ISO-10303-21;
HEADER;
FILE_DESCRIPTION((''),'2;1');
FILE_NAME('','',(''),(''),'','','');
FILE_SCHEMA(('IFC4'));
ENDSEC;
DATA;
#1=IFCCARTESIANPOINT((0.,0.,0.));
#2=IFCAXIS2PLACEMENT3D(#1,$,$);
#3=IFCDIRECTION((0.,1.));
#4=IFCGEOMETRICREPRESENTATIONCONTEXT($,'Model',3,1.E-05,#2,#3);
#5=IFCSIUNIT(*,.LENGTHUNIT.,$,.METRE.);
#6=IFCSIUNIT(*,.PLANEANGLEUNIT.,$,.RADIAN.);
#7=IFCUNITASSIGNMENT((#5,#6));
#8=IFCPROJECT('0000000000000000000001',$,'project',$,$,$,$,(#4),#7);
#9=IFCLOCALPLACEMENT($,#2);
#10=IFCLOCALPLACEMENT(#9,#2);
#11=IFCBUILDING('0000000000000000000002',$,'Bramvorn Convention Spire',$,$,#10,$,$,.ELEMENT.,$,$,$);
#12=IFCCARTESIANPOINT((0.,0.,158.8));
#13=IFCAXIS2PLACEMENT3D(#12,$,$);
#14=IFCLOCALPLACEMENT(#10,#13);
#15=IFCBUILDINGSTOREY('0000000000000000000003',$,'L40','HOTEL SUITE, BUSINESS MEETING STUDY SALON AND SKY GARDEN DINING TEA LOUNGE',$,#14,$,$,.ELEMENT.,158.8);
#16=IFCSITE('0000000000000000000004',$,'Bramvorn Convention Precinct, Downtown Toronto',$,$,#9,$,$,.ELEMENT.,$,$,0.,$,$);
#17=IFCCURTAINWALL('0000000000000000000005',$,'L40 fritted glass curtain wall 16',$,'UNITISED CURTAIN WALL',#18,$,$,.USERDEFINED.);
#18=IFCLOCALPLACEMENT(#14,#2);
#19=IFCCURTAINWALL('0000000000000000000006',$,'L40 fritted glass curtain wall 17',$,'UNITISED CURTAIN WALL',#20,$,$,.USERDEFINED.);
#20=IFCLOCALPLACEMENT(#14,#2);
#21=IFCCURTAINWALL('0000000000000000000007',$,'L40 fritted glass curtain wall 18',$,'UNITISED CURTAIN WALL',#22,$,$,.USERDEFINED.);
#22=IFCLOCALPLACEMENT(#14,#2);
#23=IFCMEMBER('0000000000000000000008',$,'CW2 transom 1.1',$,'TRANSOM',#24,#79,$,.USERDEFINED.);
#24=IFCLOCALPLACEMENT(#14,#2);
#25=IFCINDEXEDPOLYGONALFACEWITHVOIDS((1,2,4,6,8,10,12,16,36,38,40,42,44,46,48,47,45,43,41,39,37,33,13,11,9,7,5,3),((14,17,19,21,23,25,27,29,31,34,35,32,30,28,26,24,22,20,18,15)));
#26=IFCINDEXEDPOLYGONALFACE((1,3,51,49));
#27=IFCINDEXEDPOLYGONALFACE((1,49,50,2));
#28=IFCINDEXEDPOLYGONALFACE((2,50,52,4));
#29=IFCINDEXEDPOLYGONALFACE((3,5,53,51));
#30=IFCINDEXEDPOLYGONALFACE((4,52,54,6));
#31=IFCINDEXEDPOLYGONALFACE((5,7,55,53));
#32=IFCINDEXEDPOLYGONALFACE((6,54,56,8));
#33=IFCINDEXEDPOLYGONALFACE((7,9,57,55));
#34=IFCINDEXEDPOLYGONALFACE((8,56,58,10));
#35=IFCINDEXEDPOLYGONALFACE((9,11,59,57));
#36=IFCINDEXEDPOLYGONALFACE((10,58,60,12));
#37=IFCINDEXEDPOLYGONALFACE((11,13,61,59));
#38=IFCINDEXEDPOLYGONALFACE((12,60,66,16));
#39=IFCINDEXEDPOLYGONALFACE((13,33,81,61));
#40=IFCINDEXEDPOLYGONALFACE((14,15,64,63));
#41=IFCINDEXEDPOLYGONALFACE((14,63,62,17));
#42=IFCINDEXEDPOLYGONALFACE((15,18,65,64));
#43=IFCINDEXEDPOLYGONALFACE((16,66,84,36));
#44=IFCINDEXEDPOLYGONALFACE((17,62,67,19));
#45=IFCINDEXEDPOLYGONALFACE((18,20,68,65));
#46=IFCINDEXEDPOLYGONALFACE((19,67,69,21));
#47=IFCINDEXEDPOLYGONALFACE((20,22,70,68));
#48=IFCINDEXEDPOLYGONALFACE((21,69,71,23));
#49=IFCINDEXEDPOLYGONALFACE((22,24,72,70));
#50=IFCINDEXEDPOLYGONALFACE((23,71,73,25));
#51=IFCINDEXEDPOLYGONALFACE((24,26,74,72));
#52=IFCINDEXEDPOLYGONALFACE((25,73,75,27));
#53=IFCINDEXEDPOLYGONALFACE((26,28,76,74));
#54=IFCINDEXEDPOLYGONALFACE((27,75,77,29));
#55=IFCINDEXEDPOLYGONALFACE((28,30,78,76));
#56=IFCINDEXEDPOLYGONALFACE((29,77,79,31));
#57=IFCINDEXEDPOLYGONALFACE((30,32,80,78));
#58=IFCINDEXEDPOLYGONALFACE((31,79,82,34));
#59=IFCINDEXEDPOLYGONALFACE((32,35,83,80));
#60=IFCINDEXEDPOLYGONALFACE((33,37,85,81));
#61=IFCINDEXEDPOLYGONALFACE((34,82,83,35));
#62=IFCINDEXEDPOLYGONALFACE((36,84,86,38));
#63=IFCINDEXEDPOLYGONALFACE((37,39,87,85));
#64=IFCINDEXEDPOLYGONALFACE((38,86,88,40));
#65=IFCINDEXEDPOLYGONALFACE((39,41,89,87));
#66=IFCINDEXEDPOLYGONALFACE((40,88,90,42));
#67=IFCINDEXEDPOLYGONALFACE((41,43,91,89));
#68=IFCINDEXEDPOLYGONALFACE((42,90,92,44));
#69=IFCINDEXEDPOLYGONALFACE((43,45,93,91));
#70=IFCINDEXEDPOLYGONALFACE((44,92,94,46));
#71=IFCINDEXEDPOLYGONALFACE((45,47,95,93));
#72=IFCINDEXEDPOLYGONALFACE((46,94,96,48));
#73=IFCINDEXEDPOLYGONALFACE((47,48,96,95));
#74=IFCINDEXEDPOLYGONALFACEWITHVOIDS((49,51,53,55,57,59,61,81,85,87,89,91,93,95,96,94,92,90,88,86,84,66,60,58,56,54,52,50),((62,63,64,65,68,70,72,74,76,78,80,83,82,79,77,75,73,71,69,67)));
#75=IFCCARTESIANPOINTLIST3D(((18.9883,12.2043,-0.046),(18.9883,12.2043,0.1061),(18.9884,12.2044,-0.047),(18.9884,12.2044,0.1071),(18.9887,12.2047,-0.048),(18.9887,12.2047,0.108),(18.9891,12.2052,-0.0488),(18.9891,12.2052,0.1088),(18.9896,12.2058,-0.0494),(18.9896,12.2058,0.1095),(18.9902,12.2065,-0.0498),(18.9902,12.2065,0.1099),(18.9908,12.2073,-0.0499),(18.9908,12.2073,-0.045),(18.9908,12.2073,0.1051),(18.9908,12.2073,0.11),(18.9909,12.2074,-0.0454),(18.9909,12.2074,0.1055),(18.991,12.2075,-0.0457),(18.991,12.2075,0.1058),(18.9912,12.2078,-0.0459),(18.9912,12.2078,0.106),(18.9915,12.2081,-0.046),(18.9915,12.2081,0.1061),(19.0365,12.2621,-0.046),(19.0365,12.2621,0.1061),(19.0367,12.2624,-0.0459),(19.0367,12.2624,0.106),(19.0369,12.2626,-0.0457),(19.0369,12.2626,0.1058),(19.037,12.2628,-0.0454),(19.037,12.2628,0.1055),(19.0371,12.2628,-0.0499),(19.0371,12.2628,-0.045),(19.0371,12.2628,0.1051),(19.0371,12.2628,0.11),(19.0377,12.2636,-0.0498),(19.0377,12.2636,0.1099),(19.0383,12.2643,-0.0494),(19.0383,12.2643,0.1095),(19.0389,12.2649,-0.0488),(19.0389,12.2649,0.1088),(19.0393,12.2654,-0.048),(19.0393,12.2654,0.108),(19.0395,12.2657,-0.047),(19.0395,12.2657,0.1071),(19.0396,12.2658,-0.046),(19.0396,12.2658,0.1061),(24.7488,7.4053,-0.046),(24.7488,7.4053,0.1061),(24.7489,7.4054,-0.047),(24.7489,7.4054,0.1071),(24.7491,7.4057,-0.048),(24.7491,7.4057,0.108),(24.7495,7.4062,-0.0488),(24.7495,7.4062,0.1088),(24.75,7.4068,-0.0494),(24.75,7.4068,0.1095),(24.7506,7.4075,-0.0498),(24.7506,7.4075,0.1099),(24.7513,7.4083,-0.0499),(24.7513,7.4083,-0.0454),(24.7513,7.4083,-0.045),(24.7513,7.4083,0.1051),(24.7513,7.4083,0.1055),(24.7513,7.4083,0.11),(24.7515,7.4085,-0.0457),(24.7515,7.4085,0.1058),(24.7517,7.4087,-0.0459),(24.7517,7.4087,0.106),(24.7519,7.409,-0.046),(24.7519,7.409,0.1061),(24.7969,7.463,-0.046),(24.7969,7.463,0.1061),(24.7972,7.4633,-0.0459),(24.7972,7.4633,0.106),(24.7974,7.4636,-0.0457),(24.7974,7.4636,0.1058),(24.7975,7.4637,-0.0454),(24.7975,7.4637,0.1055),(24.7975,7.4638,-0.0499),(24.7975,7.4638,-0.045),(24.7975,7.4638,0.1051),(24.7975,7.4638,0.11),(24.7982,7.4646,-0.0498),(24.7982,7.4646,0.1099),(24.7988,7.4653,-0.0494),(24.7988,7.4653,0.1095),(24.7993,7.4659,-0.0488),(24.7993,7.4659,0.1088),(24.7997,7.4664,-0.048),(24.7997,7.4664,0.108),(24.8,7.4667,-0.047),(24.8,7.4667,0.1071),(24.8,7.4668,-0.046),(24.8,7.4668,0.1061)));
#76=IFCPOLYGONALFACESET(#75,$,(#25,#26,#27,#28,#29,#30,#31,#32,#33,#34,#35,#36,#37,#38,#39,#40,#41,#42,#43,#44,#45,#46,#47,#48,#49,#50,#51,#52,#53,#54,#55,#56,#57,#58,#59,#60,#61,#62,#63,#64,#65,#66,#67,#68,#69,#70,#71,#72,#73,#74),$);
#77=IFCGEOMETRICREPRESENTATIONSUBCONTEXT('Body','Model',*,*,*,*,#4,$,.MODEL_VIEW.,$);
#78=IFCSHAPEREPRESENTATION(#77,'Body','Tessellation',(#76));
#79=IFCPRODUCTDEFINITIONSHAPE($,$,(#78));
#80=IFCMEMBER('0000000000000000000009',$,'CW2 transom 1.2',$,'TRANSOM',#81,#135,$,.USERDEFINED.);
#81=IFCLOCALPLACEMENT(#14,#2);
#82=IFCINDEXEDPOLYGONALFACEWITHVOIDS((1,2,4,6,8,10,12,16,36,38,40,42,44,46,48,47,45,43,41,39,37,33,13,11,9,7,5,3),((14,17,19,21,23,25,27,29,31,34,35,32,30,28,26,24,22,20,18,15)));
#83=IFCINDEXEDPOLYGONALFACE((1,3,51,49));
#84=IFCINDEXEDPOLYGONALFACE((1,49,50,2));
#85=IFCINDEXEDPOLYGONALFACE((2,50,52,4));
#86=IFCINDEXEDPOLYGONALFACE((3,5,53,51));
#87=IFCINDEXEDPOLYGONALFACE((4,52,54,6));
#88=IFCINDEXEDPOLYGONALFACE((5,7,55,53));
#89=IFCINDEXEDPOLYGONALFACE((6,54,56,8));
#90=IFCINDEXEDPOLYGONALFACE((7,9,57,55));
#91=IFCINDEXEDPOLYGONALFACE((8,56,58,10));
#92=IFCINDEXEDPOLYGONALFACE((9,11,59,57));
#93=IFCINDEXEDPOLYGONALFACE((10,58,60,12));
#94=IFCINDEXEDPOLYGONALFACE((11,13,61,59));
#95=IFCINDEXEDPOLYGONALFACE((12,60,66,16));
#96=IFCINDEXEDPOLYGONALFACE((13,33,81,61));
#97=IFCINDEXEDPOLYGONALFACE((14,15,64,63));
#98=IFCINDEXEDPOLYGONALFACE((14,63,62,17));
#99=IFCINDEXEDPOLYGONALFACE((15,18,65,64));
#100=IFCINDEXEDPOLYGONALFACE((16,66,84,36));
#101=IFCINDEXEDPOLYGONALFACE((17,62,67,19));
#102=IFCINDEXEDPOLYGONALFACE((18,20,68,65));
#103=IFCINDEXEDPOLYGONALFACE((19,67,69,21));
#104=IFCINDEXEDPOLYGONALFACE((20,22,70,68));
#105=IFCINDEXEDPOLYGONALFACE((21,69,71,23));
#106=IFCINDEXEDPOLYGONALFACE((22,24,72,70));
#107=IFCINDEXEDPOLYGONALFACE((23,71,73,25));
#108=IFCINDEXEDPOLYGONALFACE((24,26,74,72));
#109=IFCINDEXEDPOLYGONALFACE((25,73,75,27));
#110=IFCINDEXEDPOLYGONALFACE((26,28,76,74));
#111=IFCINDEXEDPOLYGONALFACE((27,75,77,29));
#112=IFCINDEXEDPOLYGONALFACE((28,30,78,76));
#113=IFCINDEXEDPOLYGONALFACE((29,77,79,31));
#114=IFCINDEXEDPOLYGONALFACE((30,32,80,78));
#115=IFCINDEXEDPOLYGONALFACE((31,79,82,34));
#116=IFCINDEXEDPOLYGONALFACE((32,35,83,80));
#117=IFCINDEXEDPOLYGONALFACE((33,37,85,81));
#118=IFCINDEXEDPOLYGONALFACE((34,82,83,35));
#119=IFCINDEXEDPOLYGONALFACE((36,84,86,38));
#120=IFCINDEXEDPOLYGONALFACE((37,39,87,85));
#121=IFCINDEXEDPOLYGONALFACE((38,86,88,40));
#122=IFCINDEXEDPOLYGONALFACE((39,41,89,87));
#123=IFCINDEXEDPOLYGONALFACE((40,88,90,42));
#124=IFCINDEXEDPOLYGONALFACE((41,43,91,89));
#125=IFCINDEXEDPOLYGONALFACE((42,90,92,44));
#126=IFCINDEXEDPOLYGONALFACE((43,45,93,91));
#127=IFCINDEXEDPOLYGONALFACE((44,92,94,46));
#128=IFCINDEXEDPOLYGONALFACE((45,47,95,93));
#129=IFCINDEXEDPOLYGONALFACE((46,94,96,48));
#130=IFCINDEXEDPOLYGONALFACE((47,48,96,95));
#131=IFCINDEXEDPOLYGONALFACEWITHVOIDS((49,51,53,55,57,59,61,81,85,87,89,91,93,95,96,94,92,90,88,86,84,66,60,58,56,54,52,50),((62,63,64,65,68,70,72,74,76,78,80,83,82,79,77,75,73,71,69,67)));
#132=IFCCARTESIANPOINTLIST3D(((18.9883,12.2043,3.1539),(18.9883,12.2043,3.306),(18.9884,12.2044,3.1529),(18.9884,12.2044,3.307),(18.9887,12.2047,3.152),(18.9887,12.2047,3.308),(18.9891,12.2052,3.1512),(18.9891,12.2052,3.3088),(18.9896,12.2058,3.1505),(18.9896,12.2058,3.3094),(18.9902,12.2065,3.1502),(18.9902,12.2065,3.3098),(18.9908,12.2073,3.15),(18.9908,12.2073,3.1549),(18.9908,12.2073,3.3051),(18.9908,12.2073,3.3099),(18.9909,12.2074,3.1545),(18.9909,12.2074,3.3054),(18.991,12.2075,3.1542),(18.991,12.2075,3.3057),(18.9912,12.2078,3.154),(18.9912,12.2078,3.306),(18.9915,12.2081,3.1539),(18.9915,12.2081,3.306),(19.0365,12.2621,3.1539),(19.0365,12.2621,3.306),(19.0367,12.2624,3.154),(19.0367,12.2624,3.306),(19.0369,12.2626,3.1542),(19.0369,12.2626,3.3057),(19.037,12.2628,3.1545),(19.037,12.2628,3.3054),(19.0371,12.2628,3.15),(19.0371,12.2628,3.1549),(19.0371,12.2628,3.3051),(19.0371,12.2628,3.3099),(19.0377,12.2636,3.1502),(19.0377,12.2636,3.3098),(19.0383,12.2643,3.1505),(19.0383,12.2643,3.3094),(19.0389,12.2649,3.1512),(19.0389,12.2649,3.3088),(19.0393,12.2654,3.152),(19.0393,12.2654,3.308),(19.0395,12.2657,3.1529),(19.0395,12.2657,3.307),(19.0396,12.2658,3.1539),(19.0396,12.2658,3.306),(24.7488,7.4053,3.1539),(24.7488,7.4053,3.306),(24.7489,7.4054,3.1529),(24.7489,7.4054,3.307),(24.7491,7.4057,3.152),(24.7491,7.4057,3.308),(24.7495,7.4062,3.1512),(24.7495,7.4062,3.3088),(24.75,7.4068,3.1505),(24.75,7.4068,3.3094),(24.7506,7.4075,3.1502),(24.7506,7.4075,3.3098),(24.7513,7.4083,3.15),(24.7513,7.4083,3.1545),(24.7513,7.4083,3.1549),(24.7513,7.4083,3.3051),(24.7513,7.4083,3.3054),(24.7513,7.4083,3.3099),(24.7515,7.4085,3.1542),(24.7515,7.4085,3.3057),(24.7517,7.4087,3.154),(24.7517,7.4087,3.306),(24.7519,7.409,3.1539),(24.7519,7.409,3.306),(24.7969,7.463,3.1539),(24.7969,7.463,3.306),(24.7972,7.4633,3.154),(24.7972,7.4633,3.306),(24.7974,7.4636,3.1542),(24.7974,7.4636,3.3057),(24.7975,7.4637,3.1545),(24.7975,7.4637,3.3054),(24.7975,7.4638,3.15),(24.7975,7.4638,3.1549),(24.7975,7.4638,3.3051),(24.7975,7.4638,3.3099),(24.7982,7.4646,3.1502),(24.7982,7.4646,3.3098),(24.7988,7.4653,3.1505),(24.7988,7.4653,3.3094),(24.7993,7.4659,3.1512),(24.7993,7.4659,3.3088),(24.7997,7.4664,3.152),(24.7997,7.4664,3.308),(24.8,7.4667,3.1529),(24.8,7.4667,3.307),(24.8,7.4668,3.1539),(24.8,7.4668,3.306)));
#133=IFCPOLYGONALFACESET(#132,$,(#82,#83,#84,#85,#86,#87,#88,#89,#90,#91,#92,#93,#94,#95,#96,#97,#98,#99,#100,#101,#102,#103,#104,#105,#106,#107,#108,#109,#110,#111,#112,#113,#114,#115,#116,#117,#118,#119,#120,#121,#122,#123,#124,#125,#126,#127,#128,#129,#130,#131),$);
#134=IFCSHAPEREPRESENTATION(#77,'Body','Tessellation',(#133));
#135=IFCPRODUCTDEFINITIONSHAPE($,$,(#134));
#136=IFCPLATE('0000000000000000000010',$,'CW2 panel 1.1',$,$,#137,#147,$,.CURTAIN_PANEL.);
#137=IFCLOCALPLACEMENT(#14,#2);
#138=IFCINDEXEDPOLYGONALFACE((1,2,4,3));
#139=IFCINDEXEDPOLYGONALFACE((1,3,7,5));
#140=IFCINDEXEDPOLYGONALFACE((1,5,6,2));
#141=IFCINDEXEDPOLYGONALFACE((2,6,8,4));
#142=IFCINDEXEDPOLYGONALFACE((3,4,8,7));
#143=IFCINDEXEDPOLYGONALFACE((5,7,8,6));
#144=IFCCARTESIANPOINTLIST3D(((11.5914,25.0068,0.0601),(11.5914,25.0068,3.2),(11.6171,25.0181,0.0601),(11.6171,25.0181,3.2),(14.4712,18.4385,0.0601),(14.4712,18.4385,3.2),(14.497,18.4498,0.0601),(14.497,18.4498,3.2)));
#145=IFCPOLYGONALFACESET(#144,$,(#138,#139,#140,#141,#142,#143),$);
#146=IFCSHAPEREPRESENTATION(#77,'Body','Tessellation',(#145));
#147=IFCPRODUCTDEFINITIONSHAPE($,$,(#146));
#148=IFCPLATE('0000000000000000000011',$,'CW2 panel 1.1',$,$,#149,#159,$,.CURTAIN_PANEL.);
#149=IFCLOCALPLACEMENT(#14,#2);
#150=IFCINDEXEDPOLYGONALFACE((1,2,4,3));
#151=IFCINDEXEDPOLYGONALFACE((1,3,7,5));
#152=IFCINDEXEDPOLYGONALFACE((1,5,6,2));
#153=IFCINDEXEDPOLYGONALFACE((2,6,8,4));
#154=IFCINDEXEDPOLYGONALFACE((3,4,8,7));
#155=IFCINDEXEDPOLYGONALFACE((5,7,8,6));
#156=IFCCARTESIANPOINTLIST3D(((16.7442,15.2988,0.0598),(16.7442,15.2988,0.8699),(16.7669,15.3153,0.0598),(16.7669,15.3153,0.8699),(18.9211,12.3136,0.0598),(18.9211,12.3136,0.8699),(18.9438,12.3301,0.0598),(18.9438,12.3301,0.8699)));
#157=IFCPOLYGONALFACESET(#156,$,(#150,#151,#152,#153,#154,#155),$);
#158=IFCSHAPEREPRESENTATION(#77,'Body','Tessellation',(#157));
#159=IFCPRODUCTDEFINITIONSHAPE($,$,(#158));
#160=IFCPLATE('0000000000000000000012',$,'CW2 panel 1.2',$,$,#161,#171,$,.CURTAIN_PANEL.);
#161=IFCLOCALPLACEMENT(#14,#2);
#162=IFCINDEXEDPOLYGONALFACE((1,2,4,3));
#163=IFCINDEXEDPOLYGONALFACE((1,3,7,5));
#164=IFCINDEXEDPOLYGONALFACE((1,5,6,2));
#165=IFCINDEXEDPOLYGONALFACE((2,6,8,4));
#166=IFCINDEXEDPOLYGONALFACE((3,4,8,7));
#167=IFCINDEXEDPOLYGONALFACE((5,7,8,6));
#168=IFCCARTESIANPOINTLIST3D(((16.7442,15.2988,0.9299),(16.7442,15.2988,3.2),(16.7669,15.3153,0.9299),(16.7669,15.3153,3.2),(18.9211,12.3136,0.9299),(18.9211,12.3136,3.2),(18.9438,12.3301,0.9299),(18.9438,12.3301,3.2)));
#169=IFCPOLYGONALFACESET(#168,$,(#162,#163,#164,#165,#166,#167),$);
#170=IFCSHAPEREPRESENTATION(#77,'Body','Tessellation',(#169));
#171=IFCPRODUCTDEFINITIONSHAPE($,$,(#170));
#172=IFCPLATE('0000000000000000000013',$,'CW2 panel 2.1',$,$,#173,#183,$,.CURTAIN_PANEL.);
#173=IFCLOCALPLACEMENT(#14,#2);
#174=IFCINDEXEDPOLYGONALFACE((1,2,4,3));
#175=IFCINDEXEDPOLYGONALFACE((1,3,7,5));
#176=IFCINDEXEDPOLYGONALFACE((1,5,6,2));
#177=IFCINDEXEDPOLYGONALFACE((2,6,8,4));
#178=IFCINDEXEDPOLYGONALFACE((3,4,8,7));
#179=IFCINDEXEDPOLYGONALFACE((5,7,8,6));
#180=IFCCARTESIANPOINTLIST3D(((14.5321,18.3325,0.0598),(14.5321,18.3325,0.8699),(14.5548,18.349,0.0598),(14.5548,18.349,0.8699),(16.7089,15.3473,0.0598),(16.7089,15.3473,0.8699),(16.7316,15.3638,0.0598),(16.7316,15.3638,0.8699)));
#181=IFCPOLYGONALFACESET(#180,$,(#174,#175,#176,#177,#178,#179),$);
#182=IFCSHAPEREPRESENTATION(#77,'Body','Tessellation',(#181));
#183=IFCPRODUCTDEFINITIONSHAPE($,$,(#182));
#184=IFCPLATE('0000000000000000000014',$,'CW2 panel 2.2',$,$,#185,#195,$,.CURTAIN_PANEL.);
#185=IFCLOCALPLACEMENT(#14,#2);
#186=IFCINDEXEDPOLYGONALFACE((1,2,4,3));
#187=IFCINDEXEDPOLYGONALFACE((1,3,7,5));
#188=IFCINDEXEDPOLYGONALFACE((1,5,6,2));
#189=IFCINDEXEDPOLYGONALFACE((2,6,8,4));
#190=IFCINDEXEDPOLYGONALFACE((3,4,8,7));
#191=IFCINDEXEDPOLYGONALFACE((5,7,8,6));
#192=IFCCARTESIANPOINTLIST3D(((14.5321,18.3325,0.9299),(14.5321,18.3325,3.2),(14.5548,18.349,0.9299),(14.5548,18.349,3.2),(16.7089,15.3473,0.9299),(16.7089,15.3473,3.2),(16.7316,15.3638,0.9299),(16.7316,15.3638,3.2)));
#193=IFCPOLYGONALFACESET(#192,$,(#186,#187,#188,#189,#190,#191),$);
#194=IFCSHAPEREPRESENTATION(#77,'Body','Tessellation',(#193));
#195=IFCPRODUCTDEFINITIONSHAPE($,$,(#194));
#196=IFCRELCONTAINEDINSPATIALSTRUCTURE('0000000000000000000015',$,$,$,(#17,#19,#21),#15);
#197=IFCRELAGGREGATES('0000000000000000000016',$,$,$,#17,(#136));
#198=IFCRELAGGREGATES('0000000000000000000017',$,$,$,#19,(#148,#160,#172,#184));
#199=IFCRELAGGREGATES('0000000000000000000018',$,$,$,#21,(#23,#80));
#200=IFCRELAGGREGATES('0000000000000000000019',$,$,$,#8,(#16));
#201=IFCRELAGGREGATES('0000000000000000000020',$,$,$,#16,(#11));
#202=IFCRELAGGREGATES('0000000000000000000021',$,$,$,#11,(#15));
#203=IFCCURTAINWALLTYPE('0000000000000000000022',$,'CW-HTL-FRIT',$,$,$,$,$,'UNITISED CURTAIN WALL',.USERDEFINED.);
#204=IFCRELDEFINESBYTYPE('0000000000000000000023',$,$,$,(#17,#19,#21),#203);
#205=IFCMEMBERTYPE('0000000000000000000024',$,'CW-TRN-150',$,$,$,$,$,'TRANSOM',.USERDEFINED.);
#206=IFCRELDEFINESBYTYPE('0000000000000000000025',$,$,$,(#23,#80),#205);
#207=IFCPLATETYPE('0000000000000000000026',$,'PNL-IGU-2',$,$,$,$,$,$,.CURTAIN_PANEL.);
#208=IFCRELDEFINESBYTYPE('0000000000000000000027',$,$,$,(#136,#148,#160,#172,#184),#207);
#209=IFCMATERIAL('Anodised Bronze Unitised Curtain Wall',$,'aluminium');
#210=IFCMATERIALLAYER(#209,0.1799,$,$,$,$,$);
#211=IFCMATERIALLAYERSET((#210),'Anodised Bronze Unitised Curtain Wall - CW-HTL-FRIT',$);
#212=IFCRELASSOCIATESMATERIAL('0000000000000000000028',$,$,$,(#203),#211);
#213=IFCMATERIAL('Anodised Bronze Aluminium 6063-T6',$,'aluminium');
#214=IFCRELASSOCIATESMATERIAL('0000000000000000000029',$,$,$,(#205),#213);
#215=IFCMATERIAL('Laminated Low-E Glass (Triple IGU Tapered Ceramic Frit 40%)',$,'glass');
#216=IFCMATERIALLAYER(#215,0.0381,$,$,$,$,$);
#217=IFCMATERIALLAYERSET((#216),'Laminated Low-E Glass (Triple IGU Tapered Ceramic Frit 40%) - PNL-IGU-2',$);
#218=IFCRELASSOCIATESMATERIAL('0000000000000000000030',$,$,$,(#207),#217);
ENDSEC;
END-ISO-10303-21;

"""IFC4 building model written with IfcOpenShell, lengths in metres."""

from ifc_helpers import new_model, si_unit, direction, frame, origin, origin_2d, place, context, subcontext, project, spatial, rectangle, hollow_rectangle, extrude, material, layer, layer_set, material_profile, profile_set, type_object, element, aggregate, save


model = new_model("IFC4")

# Units and contexts
model_context = context("Model", 3, precision=1e-05, world=origin(), true_north=direction((0.0, 1.0)))
body_context = subcontext(model_context, "Body", "Model", "MODEL_VIEW")
ifc_project = project(units=[si_unit("LENGTHUNIT", "METRE"), si_unit("PLANEANGLEUNIT", "RADIAN")], contexts=[model_context])

# Site, building, storey
site_placement = place(None, origin())
site = spatial("IfcSite", under=ifc_project, at=site_placement, Name="Bramvorn Convention Precinct, Downtown Toronto", CompositionType="ELEMENT", RefElevation=0.0)
building_placement = place(site_placement, origin())
building = spatial("IfcBuilding", under=site, at=building_placement, Name="Bramvorn Convention Spire", CompositionType="ELEMENT")
storey_placement = place(building_placement, frame((0.0, 0.0, 158.8)))
storey = spatial("IfcBuildingStorey", under=building, at=storey_placement, Name="L40", Description="HOTEL SUITE, BUSINESS MEETING STUDY SALON AND SKY GARDEN DINING TEA LOUNGE", CompositionType="ELEMENT", Elevation=158.8)

# Curtain walls
ifc_material_1 = material(Name="Anodised Bronze Unitised Curtain Wall", Category="aluminium")
ifc_layer_1 = layer(ifc_material_1, 0.1799)
ifc_layer_set_1 = layer_set([ifc_layer_1], Name="Anodised Bronze Unitised Curtain Wall - CW-HTL-FRIT")
curtain_wall_type = type_object("IfcCurtainWallType", Name="CW-HTL-FRIT", ElementType="UNITISED CURTAIN WALL", PredefinedType="USERDEFINED", material=ifc_layer_set_1)
curtain_wall_1_placement = place(storey_placement, origin())
curtain_wall_1 = element("IfcCurtainWall", 1, at=curtain_wall_1_placement, inside=storey, type_object=curtain_wall_type, Name="L40 fritted glass curtain wall 16", ObjectType="UNITISED CURTAIN WALL", PredefinedType="USERDEFINED")
ifc_material_2 = material(Name="Anodised Bronze Aluminium 6063-T6", Category="aluminium")
curtain_wall_2_placement = place(storey_placement, origin())
curtain_wall_2 = element("IfcCurtainWall", 2, at=curtain_wall_2_placement, inside=storey, type_object=curtain_wall_type, Name="L40 fritted glass curtain wall 17", ObjectType="UNITISED CURTAIN WALL", PredefinedType="USERDEFINED")
curtain_wall_3_placement = place(storey_placement, origin())
curtain_wall_3 = element("IfcCurtainWall", 3, at=curtain_wall_3_placement, inside=storey, type_object=curtain_wall_type, Name="L40 fritted glass curtain wall 18", ObjectType="UNITISED CURTAIN WALL", PredefinedType="USERDEFINED")

# Members
ifc_material_profile_1 = material_profile(ifc_material_2, hollow_rectangle(XDim=0.0801, YDim=0.1599, WallThickness=0.0039, InnerFilletRadius=0.001, OuterFilletRadius=0.0039, at=origin_2d()))
ifc_profile_set_1 = profile_set([ifc_material_profile_1], Name="Anodised Bronze Aluminium 6063-T6 - CWT80X160")
member_type_1 = type_object("IfcMemberType", Name="CW-TRN-150", ElementType="TRANSOM", PredefinedType="USERDEFINED", material=ifc_profile_set_1)
member_1_placement = place(storey_placement, frame((24.7744, 7.436, 0.03), z_axis=(-0.768309, 0.640079, 0.0), x_axis=(-0.640079, -0.768309, 0.0)))
member_1 = element("IfcMember", 4, at=member_1_placement, type_object=member_type_1, Name="CW2 transom 1.1", ObjectType="TRANSOM", PredefinedType="USERDEFINED", context=body_context, shape_type="SweptSolid", body=[
    extrude(hollow_rectangle(XDim=0.0801, YDim=0.1599, WallThickness=0.0039, InnerFilletRadius=0.001, OuterFilletRadius=0.0039, at=origin_2d()), origin(), (0.0, 0.0, 1.0), 7.4976),
])
member_2_placement = place(storey_placement, frame((24.7744, 7.436, 3.23), z_axis=(-0.768309, 0.640079, 0.0), x_axis=(-0.640079, -0.768309, 0.0)))
member_2 = element("IfcMember", 5, at=member_2_placement, type_object=member_type_1, Name="CW2 transom 1.2", ObjectType="TRANSOM", PredefinedType="USERDEFINED", context=body_context, shape_type="SweptSolid", body=[
    extrude(hollow_rectangle(XDim=0.0801, YDim=0.1599, WallThickness=0.0039, InnerFilletRadius=0.001, OuterFilletRadius=0.0039, at=origin_2d()), origin(), (0.0, 0.0, 1.0), 7.4976),
])

# Plates
ifc_material_3 = material(Name="Laminated Low-E Glass (Triple IGU Tapered Ceramic Frit 40%)", Category="glass")
ifc_layer_2 = layer(ifc_material_3, 0.0381)
ifc_layer_set_2 = layer_set([ifc_layer_2], Name="Laminated Low-E Glass (Triple IGU Tapered Ceramic Frit 40%) - PNL-IGU-2")
plate_type = type_object("IfcPlateType", Name="PNL-IGU-2", PredefinedType="CURTAIN_PANEL", material=ifc_layer_set_2)
plate_1_placement = place(storey_placement, frame((13.0442, 21.7283, 0.0601), z_axis=(0.0, 0.0, 1.0), x_axis=(-0.401542, 0.91584, 0.0)))
plate_1 = element("IfcPlate", 6, at=plate_1_placement, type_object=plate_type, Name="CW2 panel 1.1", PredefinedType="CURTAIN_PANEL", context=body_context, shape_type="SweptSolid", body=[
    extrude(rectangle(XDim=7.1719, YDim=0.0281, at=origin_2d()), origin(), (0.0, 0.0, 1.0), 3.1399),
])
aggregate(curtain_wall_1, [plate_1])
plate_2_placement = place(storey_placement, frame((17.844, 13.8145, 0.0598), z_axis=(0.0, 0.0, 1.0), x_axis=(-0.589195, 0.807991, 0.0)))
plate_2 = element("IfcPlate", 7, at=plate_2_placement, type_object=plate_type, Name="CW2 panel 1.1", PredefinedType="CURTAIN_PANEL", context=body_context, shape_type="SweptSolid", body=[
    extrude(rectangle(XDim=3.6946, YDim=0.0281, at=origin_2d()), origin(), (0.0, 0.0, 1.0), 0.8101),
])
plate_3_placement = place(storey_placement, frame((17.844, 13.8145, 0.9299), z_axis=(0.0, 0.0, 1.0), x_axis=(-0.589195, 0.807991, 0.0)))
plate_3 = element("IfcPlate", 8, at=plate_3_placement, type_object=plate_type, Name="CW2 panel 1.2", PredefinedType="CURTAIN_PANEL", context=body_context, shape_type="SweptSolid", body=[
    extrude(rectangle(XDim=3.6946, YDim=0.0281, at=origin_2d()), origin(), (0.0, 0.0, 1.0), 2.27),
])
plate_4_placement = place(storey_placement, frame((15.6318, 16.8481, 0.0598), z_axis=(0.0, 0.0, 1.0), x_axis=(-0.589195, 0.807991, 0.0)))
plate_4 = element("IfcPlate", 9, at=plate_4_placement, type_object=plate_type, Name="CW2 panel 2.1", PredefinedType="CURTAIN_PANEL", context=body_context, shape_type="SweptSolid", body=[
    extrude(rectangle(XDim=3.6946, YDim=0.0281, at=origin_2d()), origin(), (0.0, 0.0, 1.0), 0.8101),
])
plate_5_placement = place(storey_placement, frame((15.6318, 16.8481, 0.9299), z_axis=(0.0, 0.0, 1.0), x_axis=(-0.589195, 0.807991, 0.0)))
plate_5 = element("IfcPlate", 10, at=plate_5_placement, type_object=plate_type, Name="CW2 panel 2.2", PredefinedType="CURTAIN_PANEL", context=body_context, shape_type="SweptSolid", body=[
    extrude(rectangle(XDim=3.6946, YDim=0.0281, at=origin_2d()), origin(), (0.0, 0.0, 1.0), 2.27),
])
aggregate(curtain_wall_2, [plate_2, plate_3, plate_4, plate_5])
aggregate(curtain_wall_3, [member_1, member_2])

save(model, "model.ifc")
